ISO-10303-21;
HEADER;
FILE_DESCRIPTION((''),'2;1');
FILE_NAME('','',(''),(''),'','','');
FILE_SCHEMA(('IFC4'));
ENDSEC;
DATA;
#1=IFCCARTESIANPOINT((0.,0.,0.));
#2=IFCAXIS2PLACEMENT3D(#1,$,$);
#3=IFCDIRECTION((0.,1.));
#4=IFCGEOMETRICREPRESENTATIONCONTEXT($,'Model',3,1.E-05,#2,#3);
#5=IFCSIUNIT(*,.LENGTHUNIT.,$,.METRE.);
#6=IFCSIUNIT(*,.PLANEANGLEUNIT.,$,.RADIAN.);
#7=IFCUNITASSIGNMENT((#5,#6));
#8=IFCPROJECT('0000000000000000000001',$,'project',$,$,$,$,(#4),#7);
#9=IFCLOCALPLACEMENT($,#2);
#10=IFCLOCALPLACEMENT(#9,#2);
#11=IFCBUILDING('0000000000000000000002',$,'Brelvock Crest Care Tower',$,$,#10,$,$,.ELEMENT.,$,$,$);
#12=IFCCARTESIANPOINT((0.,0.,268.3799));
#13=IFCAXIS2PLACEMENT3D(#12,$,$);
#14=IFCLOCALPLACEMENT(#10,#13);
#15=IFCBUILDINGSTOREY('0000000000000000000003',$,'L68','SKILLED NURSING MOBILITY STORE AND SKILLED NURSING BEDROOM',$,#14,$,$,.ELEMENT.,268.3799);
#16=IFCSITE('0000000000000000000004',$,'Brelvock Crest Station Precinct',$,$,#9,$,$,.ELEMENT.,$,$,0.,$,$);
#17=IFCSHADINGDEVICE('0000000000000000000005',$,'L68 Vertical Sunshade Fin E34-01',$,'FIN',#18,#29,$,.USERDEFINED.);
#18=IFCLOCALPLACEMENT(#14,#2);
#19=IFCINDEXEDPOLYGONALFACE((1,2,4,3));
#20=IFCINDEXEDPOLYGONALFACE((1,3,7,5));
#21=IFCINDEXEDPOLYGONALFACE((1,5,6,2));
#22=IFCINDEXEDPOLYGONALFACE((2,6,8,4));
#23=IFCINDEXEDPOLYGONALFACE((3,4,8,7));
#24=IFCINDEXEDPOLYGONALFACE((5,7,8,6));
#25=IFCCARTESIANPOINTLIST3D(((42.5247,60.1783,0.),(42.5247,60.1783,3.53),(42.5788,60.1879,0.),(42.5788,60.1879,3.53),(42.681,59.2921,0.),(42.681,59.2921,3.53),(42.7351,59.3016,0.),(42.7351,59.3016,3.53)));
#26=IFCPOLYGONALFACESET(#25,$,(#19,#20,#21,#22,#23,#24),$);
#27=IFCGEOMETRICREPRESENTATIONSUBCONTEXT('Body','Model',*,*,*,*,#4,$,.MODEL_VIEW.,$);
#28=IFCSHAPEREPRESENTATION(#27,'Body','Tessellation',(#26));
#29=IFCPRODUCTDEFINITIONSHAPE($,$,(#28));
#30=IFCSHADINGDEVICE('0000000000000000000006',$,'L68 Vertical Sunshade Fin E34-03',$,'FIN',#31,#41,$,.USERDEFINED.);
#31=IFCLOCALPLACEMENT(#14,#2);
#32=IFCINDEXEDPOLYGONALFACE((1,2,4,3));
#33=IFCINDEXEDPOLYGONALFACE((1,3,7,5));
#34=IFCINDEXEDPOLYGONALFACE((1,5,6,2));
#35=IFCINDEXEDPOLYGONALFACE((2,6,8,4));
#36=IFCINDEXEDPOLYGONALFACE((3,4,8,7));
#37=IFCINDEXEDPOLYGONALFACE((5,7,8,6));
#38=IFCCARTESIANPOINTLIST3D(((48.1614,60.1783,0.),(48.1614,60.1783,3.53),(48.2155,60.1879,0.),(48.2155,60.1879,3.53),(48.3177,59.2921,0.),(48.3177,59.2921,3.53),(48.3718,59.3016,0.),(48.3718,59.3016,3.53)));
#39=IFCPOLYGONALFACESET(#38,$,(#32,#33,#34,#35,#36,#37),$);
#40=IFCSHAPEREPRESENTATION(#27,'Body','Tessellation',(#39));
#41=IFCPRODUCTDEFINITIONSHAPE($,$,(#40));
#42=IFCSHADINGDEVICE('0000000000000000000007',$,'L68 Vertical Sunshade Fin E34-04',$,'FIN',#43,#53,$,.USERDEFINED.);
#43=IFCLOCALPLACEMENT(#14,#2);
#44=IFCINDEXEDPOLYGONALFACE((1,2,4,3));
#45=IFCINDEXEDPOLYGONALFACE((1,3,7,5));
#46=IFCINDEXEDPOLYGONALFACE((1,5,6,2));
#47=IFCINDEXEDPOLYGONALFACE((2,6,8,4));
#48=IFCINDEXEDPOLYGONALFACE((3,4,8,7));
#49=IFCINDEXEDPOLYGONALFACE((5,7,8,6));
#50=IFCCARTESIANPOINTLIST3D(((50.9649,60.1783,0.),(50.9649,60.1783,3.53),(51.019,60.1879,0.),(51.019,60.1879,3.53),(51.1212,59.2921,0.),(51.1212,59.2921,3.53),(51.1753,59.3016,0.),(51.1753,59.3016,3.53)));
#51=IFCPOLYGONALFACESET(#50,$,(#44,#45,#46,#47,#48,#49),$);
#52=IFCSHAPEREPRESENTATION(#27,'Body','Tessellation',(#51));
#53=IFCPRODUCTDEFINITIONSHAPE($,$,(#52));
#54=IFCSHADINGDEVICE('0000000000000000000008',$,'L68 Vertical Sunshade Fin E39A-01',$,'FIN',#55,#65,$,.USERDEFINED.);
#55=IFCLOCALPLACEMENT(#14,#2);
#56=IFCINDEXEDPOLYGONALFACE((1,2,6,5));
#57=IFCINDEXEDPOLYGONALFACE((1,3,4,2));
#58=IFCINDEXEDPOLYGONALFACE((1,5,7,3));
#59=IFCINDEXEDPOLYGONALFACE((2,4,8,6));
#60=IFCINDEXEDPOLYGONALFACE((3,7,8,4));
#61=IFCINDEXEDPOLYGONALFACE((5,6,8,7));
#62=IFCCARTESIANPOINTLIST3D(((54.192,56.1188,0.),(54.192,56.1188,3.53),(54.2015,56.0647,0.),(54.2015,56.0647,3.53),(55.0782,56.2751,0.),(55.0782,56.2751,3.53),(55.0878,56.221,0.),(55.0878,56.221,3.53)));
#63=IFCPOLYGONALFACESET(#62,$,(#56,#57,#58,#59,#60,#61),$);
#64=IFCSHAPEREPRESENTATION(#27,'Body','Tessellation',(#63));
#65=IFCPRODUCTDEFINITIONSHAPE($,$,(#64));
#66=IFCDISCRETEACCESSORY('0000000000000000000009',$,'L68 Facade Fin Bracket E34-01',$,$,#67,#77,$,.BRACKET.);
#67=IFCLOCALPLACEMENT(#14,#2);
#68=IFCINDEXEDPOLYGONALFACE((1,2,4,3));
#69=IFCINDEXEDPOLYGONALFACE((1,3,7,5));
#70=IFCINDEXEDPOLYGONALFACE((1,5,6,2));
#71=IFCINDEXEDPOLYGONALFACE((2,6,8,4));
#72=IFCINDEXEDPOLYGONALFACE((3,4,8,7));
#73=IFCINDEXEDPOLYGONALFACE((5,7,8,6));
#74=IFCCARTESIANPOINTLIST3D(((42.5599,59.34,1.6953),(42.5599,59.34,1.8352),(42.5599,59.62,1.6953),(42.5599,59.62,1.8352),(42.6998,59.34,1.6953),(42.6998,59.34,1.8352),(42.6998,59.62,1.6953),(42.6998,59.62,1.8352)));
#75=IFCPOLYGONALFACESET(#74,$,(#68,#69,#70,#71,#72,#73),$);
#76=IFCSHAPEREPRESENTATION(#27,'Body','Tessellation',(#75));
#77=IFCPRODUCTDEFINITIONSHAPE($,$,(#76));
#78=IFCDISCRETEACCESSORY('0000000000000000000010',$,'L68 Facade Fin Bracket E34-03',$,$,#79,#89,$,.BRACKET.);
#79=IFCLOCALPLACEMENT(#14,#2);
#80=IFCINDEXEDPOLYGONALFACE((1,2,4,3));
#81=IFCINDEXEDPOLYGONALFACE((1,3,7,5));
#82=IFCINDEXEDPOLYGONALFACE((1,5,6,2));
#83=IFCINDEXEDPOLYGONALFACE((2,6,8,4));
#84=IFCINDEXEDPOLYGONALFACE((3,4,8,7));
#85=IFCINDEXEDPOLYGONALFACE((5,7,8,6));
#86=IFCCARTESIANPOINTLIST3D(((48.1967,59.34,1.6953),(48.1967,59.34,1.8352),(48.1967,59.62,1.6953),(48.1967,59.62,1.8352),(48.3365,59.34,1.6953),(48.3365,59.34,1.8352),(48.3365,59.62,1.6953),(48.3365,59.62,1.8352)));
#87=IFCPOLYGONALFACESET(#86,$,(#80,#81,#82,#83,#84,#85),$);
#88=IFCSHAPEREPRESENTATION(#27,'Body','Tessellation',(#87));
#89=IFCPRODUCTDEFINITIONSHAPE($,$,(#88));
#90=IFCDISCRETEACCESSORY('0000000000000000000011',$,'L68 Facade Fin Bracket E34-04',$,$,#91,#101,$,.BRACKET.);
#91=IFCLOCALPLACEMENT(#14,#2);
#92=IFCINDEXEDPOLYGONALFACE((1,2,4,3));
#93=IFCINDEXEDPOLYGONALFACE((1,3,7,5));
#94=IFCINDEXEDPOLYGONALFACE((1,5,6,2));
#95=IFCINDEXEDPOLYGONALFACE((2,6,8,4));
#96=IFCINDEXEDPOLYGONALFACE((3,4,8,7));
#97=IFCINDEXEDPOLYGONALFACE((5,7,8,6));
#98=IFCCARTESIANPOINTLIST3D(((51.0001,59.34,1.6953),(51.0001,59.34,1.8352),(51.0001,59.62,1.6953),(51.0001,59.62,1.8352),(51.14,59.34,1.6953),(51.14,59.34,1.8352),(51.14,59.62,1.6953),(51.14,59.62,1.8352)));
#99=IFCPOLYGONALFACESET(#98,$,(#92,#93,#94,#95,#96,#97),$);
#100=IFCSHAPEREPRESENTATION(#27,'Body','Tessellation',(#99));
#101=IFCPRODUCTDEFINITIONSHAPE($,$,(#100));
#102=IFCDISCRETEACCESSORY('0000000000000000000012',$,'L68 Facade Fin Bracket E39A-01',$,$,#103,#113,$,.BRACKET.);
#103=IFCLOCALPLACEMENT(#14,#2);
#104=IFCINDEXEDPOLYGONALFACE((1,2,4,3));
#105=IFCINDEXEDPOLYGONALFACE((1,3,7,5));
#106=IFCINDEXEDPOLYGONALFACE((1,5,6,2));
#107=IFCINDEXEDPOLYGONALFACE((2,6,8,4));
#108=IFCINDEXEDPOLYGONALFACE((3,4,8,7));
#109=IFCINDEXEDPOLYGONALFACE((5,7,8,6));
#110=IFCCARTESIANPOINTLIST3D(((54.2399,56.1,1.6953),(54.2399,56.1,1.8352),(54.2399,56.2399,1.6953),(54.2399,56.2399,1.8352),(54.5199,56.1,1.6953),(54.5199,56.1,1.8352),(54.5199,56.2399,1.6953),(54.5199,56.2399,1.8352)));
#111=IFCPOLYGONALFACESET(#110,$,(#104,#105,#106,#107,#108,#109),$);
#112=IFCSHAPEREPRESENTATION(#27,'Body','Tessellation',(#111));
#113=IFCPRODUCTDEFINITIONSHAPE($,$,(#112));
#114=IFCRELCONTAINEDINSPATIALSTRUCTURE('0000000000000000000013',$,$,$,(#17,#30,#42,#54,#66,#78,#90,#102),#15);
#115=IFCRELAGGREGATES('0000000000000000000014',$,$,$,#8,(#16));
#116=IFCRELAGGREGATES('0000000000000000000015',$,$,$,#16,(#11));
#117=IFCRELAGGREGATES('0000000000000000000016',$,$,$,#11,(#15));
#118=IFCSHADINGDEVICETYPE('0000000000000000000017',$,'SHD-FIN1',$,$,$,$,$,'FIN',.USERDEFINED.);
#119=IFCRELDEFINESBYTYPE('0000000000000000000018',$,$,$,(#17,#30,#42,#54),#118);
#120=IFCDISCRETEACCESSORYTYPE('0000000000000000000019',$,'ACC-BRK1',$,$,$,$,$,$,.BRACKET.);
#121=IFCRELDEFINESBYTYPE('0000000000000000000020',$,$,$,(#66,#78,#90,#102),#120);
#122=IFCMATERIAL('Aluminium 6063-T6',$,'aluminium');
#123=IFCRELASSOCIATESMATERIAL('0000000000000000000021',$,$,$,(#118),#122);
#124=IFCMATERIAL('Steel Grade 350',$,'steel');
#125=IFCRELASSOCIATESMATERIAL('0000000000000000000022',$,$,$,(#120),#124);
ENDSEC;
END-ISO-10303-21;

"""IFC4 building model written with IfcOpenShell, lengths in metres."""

from ifc_helpers import new_model, si_unit, direction, frame, origin, origin_2d, place, context, subcontext, project, spatial, rectangle, extrude, source, transform, mapped, material, material_profile, profile_set, type_object, element, save


model = new_model("IFC4")

# Units and contexts
model_context = context("Model", 3, precision=1e-05, world=origin(), true_north=direction((0.0, 1.0)))
body_context = subcontext(model_context, "Body", "Model", "MODEL_VIEW")
ifc_project = project(units=[si_unit("LENGTHUNIT", "METRE"), si_unit("PLANEANGLEUNIT", "RADIAN")], contexts=[model_context])

# Site, building, storey
site_placement = place(None, origin())
site = spatial("IfcSite", under=ifc_project, at=site_placement, Name="Brelvock Crest Station Precinct", CompositionType="ELEMENT", RefElevation=0.0)
building_placement = place(site_placement, origin())
building = spatial("IfcBuilding", under=site, at=building_placement, Name="Brelvock Crest Care Tower", CompositionType="ELEMENT")
storey_placement = place(building_placement, frame((0.0, 0.0, 268.3799)))
storey = spatial("IfcBuildingStorey", under=building, at=storey_placement, Name="L68", Description="SKILLED NURSING MOBILITY STORE AND SKILLED NURSING BEDROOM", CompositionType="ELEMENT", Elevation=268.3799)

# Shared definitions
ifc_material_1 = material(Name="Aluminium 6063-T6", Category="aluminium")

# Shading devices
ifc_material_profile_1 = material_profile(ifc_material_1, rectangle(XDim=0.0549, YDim=0.8999, at=origin_2d()), Name="FIN55x900")
ifc_profile_set_1 = profile_set([ifc_material_profile_1], Name="Aluminium 6063-T6")
shading_device_type = type_object("IfcShadingDeviceType", Name="SHD-FIN1", ElementType="FIN", PredefinedType="USERDEFINED", material=ifc_profile_set_1)
shared_shape_1 = source(origin(), body_context, "Body", "SweptSolid", [
    extrude(rectangle(XDim=0.0549, YDim=0.8999, at=origin_2d()), origin(), (0.0, 0.0, 1.0), 3.53),
])
for number, where, z_axis, x_axis, name in (
    (1, (42.6299, 59.74, 0.0), (0.0, 0.0, 1.0), (0.984808, 0.173648, 0.0), "L68 Vertical Sunshade Fin E34-01"),
    (2, (48.2666, 59.74, 0.0), (0.0, 0.0, 1.0), (0.984808, 0.173648, 0.0), "L68 Vertical Sunshade Fin E34-03"),
    (3, (51.0701, 59.74, 0.0), (0.0, 0.0, 1.0), (0.984808, 0.173648, 0.0), "L68 Vertical Sunshade Fin E34-04"),
    (4, (54.6399, 56.1699, 0.0), (0.0, 0.0, 1.0), (0.173648, -0.984808, 0.0), "L68 Vertical Sunshade Fin E39A-01"),
):
    element("IfcShadingDevice", number, at=place(storey_placement, frame(where, z_axis=z_axis, x_axis=x_axis)), inside=storey, type_object=shading_device_type, Name=name, ObjectType="FIN", PredefinedType="USERDEFINED", context=body_context, shape_type="MappedRepresentation", body=[
        mapped(shared_shape_1, transform((0.0, 0.0, 0.0), x_axis=(1.0, 0.0, 0.0), y_axis=(0.0, 1.0, 0.0), z_axis=(0.0, 0.0, 1.0), scale=1.0)),
    ])

# Discrete accessories
ifc_material_2 = material(Name="Steel Grade 350", Category="steel")
discrete_accessory_type = type_object("IfcDiscreteAccessoryType", Name="ACC-BRK1", PredefinedType="BRACKET", material=ifc_material_2)
shared_shape_2 = source(origin(), body_context, "Body", "SweptSolid", [
    extrude(rectangle(XDim=0.28, YDim=0.1399, at=origin_2d()), origin(), (0.0, 0.0, 1.0), 0.1399),
])
for number, where, z_axis, x_axis, name in (
    (5, (42.6299, 59.48, 1.6953), (0.0, 0.0, 1.0), (0.0, 1.0, 0.0), "L68 Facade Fin Bracket E34-01"),
    (6, (48.2666, 59.48, 1.6953), (0.0, 0.0, 1.0), (0.0, 1.0, 0.0), "L68 Facade Fin Bracket E34-03"),
    (7, (51.0701, 59.48, 1.6953), (0.0, 0.0, 1.0), (0.0, 1.0, 0.0), "L68 Facade Fin Bracket E34-04"),
    (8, (54.3799, 56.1699, 1.6953), (0.0, 0.0, 1.0), (1.0, 0.0, 0.0), "L68 Facade Fin Bracket E39A-01"),
):
    element("IfcDiscreteAccessory", number, at=place(storey_placement, frame(where, z_axis=z_axis, x_axis=x_axis)), inside=storey, type_object=discrete_accessory_type, Name=name, PredefinedType="BRACKET", context=body_context, shape_type="MappedRepresentation", body=[
        mapped(shared_shape_2, transform((0.0, 0.0, 0.0), x_axis=(1.0, 0.0, 0.0), y_axis=(0.0, 1.0, 0.0), z_axis=(0.0, 0.0, 1.0), scale=1.0)),
    ])

save(model, "model.ifc")
